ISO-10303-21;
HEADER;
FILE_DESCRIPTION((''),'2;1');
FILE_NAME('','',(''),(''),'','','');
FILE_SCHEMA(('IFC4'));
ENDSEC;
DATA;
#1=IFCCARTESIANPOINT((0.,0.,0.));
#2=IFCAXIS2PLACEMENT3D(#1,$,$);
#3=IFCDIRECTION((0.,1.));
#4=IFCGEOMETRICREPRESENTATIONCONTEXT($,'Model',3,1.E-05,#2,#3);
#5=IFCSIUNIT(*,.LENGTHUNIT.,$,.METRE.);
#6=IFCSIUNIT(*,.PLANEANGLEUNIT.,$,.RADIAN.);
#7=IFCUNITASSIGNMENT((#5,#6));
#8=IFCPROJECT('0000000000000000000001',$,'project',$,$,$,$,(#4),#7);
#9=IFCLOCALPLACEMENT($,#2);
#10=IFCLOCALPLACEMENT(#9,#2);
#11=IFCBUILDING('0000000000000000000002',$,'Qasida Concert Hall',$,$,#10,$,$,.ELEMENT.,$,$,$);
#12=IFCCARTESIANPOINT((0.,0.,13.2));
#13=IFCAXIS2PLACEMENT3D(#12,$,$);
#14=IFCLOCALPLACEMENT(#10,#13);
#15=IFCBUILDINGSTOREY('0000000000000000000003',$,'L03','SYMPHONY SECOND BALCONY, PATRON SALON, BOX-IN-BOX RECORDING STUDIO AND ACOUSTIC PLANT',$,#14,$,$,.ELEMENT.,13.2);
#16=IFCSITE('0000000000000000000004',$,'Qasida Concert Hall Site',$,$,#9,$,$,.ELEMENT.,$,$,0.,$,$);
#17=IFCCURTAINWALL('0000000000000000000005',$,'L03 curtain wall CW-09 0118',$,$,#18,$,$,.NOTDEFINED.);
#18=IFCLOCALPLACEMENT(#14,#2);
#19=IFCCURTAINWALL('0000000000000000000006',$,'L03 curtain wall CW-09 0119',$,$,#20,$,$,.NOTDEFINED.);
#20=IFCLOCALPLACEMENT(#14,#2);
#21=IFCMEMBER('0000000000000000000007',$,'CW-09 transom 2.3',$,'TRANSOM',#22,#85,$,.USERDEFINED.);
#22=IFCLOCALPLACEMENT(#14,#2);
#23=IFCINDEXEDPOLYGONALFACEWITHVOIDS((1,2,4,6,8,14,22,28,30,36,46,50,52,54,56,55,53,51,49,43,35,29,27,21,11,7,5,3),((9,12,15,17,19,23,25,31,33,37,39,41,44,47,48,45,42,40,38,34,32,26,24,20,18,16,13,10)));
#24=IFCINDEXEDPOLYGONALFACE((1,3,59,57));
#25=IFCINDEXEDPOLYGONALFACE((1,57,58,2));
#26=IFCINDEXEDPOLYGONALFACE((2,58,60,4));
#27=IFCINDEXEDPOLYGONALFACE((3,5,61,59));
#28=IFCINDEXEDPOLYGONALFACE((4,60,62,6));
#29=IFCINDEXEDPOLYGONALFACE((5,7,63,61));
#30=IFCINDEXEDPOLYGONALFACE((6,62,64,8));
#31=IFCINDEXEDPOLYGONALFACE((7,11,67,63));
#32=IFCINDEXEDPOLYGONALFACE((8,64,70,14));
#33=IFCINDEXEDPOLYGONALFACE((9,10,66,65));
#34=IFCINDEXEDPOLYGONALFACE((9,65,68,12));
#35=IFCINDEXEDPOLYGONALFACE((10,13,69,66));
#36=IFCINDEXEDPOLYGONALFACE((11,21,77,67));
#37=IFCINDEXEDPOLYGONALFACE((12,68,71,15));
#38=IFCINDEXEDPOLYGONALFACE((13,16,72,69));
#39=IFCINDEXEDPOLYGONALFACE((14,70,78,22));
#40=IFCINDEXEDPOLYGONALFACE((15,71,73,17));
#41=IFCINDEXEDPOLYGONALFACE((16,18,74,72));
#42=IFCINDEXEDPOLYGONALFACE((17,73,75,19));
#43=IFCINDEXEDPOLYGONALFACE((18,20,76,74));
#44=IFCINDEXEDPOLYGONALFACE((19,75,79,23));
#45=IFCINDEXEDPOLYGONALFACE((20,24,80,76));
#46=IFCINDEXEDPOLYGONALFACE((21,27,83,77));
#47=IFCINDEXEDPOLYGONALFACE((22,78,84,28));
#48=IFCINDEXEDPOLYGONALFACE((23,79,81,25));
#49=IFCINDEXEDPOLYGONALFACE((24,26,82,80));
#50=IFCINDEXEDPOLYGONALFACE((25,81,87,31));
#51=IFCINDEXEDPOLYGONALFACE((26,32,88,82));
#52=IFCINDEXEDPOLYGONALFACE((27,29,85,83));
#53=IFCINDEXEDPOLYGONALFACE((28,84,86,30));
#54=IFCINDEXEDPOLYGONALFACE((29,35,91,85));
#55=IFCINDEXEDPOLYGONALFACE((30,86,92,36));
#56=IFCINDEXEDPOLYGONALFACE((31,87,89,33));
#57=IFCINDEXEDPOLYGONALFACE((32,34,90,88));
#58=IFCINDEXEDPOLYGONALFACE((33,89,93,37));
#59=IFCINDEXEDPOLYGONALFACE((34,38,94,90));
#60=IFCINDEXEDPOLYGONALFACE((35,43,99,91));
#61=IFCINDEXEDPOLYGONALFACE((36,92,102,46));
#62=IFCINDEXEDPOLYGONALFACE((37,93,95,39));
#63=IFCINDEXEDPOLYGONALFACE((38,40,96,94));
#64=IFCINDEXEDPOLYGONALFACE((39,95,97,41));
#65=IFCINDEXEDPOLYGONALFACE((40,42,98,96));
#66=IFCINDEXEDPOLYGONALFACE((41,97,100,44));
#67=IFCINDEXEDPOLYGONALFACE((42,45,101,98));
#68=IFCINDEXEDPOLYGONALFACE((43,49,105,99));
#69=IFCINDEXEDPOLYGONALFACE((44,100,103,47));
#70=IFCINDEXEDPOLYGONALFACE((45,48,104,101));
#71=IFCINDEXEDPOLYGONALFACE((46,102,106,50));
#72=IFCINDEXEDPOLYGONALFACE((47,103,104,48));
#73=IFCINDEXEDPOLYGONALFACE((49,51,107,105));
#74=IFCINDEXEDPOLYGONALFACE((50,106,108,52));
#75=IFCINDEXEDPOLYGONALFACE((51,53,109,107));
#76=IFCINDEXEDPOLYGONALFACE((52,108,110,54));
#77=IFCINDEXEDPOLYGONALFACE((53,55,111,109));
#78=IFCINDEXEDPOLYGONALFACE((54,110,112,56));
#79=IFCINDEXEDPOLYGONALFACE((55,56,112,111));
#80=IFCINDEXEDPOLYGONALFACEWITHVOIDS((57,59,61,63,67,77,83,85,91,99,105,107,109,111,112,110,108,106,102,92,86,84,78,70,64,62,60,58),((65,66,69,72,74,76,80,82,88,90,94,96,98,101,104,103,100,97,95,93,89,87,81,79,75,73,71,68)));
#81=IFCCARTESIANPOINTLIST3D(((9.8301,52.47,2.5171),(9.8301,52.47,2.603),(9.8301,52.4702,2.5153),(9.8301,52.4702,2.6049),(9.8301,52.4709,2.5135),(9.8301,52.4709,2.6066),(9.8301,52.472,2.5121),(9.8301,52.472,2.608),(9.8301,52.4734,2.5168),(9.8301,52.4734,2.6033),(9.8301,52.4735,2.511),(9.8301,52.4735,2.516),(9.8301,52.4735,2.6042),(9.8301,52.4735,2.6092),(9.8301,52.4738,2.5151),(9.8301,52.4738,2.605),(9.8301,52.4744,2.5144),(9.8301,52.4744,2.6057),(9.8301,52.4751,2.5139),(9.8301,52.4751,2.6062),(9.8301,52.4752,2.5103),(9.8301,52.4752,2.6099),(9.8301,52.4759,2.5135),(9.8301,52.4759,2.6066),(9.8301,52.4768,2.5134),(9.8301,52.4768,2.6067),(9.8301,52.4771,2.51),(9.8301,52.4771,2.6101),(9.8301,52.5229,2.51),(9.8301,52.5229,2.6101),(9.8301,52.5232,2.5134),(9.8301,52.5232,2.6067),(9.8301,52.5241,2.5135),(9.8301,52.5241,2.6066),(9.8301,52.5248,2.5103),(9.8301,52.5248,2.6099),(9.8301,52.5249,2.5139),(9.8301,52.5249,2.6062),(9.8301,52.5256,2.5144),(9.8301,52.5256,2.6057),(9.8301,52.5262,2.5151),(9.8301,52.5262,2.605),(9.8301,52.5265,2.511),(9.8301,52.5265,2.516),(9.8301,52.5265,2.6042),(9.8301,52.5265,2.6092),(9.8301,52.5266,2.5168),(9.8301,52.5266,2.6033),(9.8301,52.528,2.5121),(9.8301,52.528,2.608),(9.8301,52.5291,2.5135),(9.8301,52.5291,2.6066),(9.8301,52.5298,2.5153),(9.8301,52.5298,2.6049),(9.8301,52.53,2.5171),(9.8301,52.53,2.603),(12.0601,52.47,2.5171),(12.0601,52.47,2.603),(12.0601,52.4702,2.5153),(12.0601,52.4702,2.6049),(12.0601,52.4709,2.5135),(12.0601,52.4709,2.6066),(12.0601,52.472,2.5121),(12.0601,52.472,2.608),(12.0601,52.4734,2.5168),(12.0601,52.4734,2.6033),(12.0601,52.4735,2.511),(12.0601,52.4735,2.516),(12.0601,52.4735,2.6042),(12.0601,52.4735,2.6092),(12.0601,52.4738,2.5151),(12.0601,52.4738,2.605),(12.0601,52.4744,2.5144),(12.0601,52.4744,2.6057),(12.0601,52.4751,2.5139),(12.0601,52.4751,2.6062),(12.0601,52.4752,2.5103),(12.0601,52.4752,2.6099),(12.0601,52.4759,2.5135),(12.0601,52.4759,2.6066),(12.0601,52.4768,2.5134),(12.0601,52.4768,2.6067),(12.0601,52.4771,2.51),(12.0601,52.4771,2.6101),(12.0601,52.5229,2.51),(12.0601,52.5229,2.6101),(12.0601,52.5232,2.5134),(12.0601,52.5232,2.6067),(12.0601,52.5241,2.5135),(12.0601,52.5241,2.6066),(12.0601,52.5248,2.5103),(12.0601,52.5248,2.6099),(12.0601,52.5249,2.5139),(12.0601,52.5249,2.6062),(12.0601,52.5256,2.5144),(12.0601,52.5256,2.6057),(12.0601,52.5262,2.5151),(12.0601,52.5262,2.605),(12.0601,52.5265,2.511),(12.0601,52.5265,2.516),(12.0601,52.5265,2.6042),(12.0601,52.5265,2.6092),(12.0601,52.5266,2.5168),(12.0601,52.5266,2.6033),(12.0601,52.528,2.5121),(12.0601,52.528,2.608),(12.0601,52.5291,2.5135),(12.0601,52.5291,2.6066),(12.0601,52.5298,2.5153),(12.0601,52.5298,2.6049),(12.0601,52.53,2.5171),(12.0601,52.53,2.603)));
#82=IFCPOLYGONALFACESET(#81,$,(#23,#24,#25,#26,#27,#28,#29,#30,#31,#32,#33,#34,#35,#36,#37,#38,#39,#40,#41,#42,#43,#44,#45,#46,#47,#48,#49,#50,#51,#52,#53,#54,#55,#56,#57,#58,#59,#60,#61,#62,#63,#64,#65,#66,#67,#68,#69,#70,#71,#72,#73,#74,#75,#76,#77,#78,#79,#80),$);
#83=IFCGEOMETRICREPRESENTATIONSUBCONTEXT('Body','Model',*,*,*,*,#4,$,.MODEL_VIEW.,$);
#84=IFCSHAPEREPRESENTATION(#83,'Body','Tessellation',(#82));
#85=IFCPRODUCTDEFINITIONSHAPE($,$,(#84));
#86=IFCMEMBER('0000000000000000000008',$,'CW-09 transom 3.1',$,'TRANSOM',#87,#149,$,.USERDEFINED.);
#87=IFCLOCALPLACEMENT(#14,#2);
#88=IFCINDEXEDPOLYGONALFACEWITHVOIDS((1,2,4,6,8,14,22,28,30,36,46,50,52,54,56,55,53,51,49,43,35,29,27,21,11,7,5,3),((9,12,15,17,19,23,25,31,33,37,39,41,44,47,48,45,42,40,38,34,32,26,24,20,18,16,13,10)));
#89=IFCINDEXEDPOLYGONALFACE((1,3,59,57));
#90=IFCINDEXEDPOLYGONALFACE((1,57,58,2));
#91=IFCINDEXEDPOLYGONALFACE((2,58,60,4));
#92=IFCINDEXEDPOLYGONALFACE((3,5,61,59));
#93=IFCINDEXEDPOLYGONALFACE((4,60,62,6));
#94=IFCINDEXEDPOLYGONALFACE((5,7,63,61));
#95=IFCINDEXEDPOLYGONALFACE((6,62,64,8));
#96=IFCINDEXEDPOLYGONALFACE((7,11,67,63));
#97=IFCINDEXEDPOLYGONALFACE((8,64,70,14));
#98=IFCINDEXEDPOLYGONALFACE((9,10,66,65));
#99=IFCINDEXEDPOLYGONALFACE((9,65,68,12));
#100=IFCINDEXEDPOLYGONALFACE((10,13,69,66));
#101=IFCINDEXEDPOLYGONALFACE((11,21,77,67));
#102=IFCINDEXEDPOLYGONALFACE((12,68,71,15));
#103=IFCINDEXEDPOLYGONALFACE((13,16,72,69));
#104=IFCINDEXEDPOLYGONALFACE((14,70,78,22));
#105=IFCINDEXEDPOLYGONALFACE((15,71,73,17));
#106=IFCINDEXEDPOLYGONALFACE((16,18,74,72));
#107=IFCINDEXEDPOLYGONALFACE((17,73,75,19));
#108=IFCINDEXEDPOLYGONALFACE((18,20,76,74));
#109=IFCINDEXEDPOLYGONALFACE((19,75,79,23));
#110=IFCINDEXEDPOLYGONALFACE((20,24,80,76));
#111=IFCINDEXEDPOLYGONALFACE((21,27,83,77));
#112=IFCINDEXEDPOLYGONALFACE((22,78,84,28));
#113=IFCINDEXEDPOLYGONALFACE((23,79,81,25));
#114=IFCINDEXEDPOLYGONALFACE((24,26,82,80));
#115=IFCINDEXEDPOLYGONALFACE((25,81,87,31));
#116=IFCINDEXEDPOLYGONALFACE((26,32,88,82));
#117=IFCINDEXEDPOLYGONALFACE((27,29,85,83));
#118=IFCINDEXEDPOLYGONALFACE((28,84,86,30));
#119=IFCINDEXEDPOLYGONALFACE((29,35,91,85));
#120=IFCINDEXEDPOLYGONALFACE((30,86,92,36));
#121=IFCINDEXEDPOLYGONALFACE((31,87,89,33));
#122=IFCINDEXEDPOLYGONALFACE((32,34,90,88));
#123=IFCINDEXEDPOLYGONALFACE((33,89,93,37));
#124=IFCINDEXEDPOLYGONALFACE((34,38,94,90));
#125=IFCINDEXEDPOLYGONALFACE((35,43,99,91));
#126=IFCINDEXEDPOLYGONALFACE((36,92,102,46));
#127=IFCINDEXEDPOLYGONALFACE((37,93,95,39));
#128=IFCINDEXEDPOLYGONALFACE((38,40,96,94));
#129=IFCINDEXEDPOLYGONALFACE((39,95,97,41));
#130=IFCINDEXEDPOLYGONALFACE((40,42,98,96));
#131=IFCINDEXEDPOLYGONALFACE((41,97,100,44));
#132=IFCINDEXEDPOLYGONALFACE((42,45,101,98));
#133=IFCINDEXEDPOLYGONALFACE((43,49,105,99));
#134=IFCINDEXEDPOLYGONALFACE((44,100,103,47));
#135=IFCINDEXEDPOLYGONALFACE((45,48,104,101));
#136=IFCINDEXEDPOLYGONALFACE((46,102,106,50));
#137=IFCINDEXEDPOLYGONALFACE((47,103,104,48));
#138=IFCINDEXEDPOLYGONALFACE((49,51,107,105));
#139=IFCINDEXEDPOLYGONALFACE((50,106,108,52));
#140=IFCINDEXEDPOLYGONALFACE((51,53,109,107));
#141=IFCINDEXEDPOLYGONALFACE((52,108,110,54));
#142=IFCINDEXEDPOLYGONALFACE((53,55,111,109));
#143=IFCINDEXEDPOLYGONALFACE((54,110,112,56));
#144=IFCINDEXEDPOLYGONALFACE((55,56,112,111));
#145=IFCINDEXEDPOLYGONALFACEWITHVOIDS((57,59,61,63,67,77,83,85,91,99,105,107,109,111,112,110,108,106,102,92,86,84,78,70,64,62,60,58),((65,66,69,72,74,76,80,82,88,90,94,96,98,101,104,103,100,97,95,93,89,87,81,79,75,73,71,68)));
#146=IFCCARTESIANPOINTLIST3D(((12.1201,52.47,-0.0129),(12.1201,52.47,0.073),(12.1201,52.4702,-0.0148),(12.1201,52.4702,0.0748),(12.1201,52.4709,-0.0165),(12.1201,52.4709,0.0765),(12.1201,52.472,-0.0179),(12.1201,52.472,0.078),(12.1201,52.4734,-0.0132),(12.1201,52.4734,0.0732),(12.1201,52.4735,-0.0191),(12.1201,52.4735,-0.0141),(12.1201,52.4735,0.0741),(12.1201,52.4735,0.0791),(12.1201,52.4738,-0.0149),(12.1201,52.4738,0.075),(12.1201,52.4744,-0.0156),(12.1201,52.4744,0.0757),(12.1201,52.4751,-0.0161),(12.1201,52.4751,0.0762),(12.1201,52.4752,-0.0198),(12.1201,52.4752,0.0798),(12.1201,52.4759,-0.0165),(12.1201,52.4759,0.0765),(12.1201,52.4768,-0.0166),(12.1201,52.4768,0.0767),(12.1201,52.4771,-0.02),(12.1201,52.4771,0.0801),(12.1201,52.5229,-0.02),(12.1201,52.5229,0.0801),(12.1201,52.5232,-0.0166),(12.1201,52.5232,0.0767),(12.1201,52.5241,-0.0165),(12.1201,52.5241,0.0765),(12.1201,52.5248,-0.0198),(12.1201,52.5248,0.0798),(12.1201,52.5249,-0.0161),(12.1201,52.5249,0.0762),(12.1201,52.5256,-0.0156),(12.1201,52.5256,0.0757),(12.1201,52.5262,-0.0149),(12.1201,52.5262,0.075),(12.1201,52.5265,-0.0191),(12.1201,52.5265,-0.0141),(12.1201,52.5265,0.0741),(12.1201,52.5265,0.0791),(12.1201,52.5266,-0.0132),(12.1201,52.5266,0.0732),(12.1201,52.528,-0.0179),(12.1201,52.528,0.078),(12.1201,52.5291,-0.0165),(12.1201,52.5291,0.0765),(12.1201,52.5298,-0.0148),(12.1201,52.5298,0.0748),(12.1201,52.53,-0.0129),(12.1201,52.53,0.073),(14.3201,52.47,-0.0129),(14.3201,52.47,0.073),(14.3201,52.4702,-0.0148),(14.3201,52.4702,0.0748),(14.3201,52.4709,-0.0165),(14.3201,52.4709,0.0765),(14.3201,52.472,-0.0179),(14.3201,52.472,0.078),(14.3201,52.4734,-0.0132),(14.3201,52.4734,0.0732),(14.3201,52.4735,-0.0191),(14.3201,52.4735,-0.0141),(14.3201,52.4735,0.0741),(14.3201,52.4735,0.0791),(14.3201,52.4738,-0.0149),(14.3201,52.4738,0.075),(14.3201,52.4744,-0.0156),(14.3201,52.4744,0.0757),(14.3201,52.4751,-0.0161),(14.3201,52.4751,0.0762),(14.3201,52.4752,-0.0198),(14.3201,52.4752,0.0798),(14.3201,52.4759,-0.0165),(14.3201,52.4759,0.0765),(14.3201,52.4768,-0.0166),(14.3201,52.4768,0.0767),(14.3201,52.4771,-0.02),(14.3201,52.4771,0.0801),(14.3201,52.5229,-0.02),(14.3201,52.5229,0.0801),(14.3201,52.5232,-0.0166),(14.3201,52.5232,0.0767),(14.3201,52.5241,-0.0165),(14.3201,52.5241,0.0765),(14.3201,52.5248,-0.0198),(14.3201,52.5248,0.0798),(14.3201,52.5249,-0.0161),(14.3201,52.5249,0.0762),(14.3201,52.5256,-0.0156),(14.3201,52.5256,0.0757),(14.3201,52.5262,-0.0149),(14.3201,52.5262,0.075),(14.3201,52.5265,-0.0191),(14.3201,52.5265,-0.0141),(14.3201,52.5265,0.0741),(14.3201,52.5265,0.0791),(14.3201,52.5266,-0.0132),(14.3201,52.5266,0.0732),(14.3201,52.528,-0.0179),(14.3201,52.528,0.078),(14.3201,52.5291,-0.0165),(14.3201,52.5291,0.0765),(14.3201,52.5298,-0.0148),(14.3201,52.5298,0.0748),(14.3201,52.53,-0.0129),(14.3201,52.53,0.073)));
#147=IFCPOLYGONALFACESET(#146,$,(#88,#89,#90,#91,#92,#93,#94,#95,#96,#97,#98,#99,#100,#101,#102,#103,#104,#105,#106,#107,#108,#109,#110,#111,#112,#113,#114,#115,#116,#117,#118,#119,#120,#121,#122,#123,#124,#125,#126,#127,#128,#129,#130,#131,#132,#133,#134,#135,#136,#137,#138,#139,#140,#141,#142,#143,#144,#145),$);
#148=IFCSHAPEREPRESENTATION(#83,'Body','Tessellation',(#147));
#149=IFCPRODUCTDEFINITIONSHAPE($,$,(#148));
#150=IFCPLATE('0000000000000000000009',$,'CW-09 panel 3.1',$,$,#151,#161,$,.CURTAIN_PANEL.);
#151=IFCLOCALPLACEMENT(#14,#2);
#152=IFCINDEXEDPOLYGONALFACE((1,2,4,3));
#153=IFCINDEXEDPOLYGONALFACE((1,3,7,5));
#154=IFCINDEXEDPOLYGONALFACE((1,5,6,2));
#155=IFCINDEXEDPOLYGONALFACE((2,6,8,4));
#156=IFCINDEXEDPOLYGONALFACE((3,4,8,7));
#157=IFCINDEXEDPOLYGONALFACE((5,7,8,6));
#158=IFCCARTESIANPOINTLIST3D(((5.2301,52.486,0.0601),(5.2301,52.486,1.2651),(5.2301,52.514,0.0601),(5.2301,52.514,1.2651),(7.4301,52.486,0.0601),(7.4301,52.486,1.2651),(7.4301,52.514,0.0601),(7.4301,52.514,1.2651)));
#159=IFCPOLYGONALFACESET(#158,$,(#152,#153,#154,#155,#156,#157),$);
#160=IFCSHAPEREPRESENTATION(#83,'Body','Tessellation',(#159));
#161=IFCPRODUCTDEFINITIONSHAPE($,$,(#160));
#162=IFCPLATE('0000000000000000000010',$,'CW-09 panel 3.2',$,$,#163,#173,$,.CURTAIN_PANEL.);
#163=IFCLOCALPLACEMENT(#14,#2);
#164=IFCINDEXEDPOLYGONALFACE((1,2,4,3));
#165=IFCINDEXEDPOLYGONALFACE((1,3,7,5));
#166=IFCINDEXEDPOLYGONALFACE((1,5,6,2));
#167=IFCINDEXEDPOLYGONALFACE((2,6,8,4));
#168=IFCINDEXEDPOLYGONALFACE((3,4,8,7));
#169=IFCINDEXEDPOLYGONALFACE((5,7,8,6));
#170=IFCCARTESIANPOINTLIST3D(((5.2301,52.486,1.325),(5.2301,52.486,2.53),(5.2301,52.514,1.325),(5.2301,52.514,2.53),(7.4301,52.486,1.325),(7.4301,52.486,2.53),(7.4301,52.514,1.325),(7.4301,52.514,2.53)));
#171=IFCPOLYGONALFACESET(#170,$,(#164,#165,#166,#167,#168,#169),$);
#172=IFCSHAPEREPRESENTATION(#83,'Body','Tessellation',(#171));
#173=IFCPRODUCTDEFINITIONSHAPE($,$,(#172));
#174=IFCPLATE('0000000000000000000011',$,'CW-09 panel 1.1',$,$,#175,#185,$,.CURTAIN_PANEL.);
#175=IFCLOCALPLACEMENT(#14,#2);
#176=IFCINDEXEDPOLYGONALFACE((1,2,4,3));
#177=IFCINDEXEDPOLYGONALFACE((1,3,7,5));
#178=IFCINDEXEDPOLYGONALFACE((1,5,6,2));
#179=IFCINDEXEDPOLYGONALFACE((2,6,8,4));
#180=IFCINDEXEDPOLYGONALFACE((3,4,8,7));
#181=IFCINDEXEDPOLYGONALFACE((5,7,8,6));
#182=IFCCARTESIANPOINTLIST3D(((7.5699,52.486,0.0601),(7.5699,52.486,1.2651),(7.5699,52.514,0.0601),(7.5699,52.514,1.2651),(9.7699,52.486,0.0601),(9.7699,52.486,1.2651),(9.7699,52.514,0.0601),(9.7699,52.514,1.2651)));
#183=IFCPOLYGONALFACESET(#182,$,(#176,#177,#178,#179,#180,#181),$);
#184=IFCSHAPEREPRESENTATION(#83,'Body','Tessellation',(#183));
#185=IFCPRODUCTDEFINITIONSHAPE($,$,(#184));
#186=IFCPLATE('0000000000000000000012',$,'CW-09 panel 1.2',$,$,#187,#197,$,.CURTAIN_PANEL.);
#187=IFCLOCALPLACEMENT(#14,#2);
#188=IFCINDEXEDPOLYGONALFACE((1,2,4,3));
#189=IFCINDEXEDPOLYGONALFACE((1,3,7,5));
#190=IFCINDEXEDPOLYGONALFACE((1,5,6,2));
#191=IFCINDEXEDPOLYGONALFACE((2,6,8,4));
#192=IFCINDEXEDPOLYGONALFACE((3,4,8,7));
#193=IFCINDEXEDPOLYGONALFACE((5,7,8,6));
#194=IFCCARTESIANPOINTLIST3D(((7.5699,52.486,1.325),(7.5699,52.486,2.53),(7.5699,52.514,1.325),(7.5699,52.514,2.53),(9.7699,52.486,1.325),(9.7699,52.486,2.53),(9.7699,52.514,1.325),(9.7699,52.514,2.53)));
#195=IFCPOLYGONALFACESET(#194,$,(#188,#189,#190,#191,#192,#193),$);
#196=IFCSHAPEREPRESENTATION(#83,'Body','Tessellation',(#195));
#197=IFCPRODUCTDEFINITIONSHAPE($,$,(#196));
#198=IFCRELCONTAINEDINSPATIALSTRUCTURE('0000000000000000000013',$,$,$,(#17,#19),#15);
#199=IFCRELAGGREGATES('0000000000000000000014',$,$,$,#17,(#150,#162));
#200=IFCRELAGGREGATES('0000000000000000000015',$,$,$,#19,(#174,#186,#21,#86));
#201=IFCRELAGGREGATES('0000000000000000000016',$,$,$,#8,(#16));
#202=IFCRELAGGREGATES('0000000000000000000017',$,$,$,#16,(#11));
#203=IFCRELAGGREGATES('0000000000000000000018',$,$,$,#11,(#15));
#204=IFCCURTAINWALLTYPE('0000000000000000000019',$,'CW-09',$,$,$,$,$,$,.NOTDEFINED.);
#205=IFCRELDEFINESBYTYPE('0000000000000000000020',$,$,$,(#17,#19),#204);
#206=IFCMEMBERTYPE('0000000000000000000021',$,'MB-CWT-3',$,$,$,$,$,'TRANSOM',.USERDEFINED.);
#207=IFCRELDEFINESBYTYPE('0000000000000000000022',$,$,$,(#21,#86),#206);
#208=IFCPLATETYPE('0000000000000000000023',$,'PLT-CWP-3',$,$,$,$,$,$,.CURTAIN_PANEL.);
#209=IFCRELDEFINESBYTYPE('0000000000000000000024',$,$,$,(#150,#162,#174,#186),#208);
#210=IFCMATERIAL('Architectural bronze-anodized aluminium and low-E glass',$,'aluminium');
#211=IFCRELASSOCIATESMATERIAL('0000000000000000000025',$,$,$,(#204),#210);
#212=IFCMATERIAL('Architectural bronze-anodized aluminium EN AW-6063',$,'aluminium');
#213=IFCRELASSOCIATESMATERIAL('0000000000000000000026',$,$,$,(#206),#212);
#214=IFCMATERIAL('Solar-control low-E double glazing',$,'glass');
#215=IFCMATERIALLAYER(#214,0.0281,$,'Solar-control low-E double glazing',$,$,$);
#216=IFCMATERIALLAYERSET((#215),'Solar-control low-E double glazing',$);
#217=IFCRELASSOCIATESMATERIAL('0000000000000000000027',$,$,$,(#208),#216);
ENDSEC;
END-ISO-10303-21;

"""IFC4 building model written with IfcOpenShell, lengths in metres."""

from ifc_helpers import new_model, si_unit, direction, frame, origin, origin_2d, place, context, subcontext, project, spatial, rectangle, hollow_rectangle, extrude, material, layer, layer_set, material_profile, profile_set, type_object, element, aggregate, save


model = new_model("IFC4")

# Units and contexts
model_context = context("Model", 3, precision=1e-05, world=origin(), true_north=direction((0.0, 1.0)))
body_context = subcontext(model_context, "Body", "Model", "MODEL_VIEW")
ifc_project = project(units=[si_unit("LENGTHUNIT", "METRE"), si_unit("PLANEANGLEUNIT", "RADIAN")], contexts=[model_context])

# Site, building, storey
site_placement = place(None, origin())
site = spatial("IfcSite", under=ifc_project, at=site_placement, Name="Qasida Concert Hall Site", CompositionType="ELEMENT", RefElevation=0.0)
building_placement = place(site_placement, origin())
building = spatial("IfcBuilding", under=site, at=building_placement, Name="Qasida Concert Hall", CompositionType="ELEMENT")
storey_placement = place(building_placement, frame((0.0, 0.0, 13.2)))
storey = spatial("IfcBuildingStorey", under=building, at=storey_placement, Name="L03", Description="SYMPHONY SECOND BALCONY, PATRON SALON, BOX-IN-BOX RECORDING STUDIO AND ACOUSTIC PLANT", CompositionType="ELEMENT", Elevation=13.2)

# Curtain walls
ifc_material_1 = material(Name="Architectural bronze-anodized aluminium and low-E glass", Category="aluminium")
curtain_wall_type = type_object("IfcCurtainWallType", Name="CW-09", PredefinedType="NOTDEFINED", material=ifc_material_1)
curtain_wall_1_placement = place(storey_placement, origin())
curtain_wall_1 = element("IfcCurtainWall", 1, at=curtain_wall_1_placement, inside=storey, type_object=curtain_wall_type, Name="L03 curtain wall CW-09 0118", PredefinedType="NOTDEFINED")
ifc_material_2 = material(Name="Architectural bronze-anodized aluminium EN AW-6063", Category="aluminium")
curtain_wall_2_placement = place(storey_placement, origin())
curtain_wall_2 = element("IfcCurtainWall", 2, at=curtain_wall_2_placement, inside=storey, type_object=curtain_wall_type, Name="L03 curtain wall CW-09 0119", PredefinedType="NOTDEFINED")

# Members
ifc_material_profile_1 = material_profile(ifc_material_2, hollow_rectangle(XDim=0.0601, YDim=0.1001, WallThickness=0.0034, InnerFilletRadius=0.0034, OuterFilletRadius=0.0071, at=origin_2d()), Name="CWT 100x60x3.5")
ifc_profile_set_1 = profile_set([ifc_material_profile_1], Name="Architectural bronze-anodized aluminium EN AW-6063")
member_type_1 = type_object("IfcMemberType", Name="MB-CWT-3", ElementType="TRANSOM", PredefinedType="USERDEFINED", material=ifc_profile_set_1)
member_1_placement = place(storey_placement, frame((9.8301, 52.5, 2.5601), z_axis=(1.0, 0.0, 0.0), x_axis=(0.0, 1.0, 0.0)))
member_1 = element("IfcMember", 3, at=member_1_placement, type_object=member_type_1, Name="CW-09 transom 2.3", ObjectType="TRANSOM", PredefinedType="USERDEFINED", context=body_context, shape_type="SweptSolid", body=[
    extrude(hollow_rectangle(XDim=0.0601, YDim=0.1001, WallThickness=0.0034, InnerFilletRadius=0.0034, OuterFilletRadius=0.0071, at=origin_2d()), origin(), (0.0, 0.0, 1.0), 2.23),
])
member_2_placement = place(storey_placement, frame((12.1201, 52.5, 0.03), z_axis=(1.0, 0.0, 0.0), x_axis=(0.0, 1.0, 0.0)))
member_2 = element("IfcMember", 4, at=member_2_placement, type_object=member_type_1, Name="CW-09 transom 3.1", ObjectType="TRANSOM", PredefinedType="USERDEFINED", context=body_context, shape_type="SweptSolid", body=[
    extrude(hollow_rectangle(XDim=0.0601, YDim=0.1001, WallThickness=0.0034, InnerFilletRadius=0.0034, OuterFilletRadius=0.0071, at=origin_2d()), origin(), (0.0, 0.0, 1.0), 2.2),
])

# Plates
ifc_material_3 = material(Name="Solar-control low-E double glazing", Category="glass")
ifc_layer_1 = layer(ifc_material_3, 0.0281, Name="Solar-control low-E double glazing")
ifc_layer_set_1 = layer_set([ifc_layer_1], Name="Solar-control low-E double glazing")
plate_type = type_object("IfcPlateType", Name="PLT-CWP-3", PredefinedType="CURTAIN_PANEL", material=ifc_layer_set_1)
plate_1_placement = place(storey_placement, frame((6.3301, 52.5, 0.0601), z_axis=(0.0, 0.0, 1.0), x_axis=(1.0, 0.0, 0.0)))
plate_1 = element("IfcPlate", 5, at=plate_1_placement, type_object=plate_type, Name="CW-09 panel 3.1", PredefinedType="CURTAIN_PANEL", context=body_context, shape_type="SweptSolid", body=[
    extrude(rectangle(XDim=2.2, YDim=0.0281, at=origin_2d()), origin(), (0.0, 0.0, 1.0), 1.2051),
])
plate_2_placement = place(storey_placement, frame((6.3301, 52.5, 1.325), z_axis=(0.0, 0.0, 1.0), x_axis=(1.0, 0.0, 0.0)))
plate_2 = element("IfcPlate", 6, at=plate_2_placement, type_object=plate_type, Name="CW-09 panel 3.2", PredefinedType="CURTAIN_PANEL", context=body_context, shape_type="SweptSolid", body=[
    extrude(rectangle(XDim=2.2, YDim=0.0281, at=origin_2d()), origin(), (0.0, 0.0, 1.0), 1.2051),
])
aggregate(curtain_wall_1, [plate_1, plate_2])
plate_3_placement = place(storey_placement, frame((8.6699, 52.5, 0.0601), z_axis=(0.0, 0.0, 1.0), x_axis=(1.0, 0.0, 0.0)))
plate_3 = element("IfcPlate", 7, at=plate_3_placement, type_object=plate_type, Name="CW-09 panel 1.1", PredefinedType="CURTAIN_PANEL", context=body_context, shape_type="SweptSolid", body=[
    extrude(rectangle(XDim=2.2, YDim=0.0281, at=origin_2d()), origin(), (0.0, 0.0, 1.0), 1.2051),
])
plate_4_placement = place(storey_placement, frame((8.6699, 52.5, 1.325), z_axis=(0.0, 0.0, 1.0), x_axis=(1.0, 0.0, 0.0)))
plate_4 = element("IfcPlate", 8, at=plate_4_placement, type_object=plate_type, Name="CW-09 panel 1.2", PredefinedType="CURTAIN_PANEL", context=body_context, shape_type="SweptSolid", body=[
    extrude(rectangle(XDim=2.2, YDim=0.0281, at=origin_2d()), origin(), (0.0, 0.0, 1.0), 1.2051),
])
aggregate(curtain_wall_2, [plate_3, plate_4, member_1, member_2])

save(model, "model.ifc")
